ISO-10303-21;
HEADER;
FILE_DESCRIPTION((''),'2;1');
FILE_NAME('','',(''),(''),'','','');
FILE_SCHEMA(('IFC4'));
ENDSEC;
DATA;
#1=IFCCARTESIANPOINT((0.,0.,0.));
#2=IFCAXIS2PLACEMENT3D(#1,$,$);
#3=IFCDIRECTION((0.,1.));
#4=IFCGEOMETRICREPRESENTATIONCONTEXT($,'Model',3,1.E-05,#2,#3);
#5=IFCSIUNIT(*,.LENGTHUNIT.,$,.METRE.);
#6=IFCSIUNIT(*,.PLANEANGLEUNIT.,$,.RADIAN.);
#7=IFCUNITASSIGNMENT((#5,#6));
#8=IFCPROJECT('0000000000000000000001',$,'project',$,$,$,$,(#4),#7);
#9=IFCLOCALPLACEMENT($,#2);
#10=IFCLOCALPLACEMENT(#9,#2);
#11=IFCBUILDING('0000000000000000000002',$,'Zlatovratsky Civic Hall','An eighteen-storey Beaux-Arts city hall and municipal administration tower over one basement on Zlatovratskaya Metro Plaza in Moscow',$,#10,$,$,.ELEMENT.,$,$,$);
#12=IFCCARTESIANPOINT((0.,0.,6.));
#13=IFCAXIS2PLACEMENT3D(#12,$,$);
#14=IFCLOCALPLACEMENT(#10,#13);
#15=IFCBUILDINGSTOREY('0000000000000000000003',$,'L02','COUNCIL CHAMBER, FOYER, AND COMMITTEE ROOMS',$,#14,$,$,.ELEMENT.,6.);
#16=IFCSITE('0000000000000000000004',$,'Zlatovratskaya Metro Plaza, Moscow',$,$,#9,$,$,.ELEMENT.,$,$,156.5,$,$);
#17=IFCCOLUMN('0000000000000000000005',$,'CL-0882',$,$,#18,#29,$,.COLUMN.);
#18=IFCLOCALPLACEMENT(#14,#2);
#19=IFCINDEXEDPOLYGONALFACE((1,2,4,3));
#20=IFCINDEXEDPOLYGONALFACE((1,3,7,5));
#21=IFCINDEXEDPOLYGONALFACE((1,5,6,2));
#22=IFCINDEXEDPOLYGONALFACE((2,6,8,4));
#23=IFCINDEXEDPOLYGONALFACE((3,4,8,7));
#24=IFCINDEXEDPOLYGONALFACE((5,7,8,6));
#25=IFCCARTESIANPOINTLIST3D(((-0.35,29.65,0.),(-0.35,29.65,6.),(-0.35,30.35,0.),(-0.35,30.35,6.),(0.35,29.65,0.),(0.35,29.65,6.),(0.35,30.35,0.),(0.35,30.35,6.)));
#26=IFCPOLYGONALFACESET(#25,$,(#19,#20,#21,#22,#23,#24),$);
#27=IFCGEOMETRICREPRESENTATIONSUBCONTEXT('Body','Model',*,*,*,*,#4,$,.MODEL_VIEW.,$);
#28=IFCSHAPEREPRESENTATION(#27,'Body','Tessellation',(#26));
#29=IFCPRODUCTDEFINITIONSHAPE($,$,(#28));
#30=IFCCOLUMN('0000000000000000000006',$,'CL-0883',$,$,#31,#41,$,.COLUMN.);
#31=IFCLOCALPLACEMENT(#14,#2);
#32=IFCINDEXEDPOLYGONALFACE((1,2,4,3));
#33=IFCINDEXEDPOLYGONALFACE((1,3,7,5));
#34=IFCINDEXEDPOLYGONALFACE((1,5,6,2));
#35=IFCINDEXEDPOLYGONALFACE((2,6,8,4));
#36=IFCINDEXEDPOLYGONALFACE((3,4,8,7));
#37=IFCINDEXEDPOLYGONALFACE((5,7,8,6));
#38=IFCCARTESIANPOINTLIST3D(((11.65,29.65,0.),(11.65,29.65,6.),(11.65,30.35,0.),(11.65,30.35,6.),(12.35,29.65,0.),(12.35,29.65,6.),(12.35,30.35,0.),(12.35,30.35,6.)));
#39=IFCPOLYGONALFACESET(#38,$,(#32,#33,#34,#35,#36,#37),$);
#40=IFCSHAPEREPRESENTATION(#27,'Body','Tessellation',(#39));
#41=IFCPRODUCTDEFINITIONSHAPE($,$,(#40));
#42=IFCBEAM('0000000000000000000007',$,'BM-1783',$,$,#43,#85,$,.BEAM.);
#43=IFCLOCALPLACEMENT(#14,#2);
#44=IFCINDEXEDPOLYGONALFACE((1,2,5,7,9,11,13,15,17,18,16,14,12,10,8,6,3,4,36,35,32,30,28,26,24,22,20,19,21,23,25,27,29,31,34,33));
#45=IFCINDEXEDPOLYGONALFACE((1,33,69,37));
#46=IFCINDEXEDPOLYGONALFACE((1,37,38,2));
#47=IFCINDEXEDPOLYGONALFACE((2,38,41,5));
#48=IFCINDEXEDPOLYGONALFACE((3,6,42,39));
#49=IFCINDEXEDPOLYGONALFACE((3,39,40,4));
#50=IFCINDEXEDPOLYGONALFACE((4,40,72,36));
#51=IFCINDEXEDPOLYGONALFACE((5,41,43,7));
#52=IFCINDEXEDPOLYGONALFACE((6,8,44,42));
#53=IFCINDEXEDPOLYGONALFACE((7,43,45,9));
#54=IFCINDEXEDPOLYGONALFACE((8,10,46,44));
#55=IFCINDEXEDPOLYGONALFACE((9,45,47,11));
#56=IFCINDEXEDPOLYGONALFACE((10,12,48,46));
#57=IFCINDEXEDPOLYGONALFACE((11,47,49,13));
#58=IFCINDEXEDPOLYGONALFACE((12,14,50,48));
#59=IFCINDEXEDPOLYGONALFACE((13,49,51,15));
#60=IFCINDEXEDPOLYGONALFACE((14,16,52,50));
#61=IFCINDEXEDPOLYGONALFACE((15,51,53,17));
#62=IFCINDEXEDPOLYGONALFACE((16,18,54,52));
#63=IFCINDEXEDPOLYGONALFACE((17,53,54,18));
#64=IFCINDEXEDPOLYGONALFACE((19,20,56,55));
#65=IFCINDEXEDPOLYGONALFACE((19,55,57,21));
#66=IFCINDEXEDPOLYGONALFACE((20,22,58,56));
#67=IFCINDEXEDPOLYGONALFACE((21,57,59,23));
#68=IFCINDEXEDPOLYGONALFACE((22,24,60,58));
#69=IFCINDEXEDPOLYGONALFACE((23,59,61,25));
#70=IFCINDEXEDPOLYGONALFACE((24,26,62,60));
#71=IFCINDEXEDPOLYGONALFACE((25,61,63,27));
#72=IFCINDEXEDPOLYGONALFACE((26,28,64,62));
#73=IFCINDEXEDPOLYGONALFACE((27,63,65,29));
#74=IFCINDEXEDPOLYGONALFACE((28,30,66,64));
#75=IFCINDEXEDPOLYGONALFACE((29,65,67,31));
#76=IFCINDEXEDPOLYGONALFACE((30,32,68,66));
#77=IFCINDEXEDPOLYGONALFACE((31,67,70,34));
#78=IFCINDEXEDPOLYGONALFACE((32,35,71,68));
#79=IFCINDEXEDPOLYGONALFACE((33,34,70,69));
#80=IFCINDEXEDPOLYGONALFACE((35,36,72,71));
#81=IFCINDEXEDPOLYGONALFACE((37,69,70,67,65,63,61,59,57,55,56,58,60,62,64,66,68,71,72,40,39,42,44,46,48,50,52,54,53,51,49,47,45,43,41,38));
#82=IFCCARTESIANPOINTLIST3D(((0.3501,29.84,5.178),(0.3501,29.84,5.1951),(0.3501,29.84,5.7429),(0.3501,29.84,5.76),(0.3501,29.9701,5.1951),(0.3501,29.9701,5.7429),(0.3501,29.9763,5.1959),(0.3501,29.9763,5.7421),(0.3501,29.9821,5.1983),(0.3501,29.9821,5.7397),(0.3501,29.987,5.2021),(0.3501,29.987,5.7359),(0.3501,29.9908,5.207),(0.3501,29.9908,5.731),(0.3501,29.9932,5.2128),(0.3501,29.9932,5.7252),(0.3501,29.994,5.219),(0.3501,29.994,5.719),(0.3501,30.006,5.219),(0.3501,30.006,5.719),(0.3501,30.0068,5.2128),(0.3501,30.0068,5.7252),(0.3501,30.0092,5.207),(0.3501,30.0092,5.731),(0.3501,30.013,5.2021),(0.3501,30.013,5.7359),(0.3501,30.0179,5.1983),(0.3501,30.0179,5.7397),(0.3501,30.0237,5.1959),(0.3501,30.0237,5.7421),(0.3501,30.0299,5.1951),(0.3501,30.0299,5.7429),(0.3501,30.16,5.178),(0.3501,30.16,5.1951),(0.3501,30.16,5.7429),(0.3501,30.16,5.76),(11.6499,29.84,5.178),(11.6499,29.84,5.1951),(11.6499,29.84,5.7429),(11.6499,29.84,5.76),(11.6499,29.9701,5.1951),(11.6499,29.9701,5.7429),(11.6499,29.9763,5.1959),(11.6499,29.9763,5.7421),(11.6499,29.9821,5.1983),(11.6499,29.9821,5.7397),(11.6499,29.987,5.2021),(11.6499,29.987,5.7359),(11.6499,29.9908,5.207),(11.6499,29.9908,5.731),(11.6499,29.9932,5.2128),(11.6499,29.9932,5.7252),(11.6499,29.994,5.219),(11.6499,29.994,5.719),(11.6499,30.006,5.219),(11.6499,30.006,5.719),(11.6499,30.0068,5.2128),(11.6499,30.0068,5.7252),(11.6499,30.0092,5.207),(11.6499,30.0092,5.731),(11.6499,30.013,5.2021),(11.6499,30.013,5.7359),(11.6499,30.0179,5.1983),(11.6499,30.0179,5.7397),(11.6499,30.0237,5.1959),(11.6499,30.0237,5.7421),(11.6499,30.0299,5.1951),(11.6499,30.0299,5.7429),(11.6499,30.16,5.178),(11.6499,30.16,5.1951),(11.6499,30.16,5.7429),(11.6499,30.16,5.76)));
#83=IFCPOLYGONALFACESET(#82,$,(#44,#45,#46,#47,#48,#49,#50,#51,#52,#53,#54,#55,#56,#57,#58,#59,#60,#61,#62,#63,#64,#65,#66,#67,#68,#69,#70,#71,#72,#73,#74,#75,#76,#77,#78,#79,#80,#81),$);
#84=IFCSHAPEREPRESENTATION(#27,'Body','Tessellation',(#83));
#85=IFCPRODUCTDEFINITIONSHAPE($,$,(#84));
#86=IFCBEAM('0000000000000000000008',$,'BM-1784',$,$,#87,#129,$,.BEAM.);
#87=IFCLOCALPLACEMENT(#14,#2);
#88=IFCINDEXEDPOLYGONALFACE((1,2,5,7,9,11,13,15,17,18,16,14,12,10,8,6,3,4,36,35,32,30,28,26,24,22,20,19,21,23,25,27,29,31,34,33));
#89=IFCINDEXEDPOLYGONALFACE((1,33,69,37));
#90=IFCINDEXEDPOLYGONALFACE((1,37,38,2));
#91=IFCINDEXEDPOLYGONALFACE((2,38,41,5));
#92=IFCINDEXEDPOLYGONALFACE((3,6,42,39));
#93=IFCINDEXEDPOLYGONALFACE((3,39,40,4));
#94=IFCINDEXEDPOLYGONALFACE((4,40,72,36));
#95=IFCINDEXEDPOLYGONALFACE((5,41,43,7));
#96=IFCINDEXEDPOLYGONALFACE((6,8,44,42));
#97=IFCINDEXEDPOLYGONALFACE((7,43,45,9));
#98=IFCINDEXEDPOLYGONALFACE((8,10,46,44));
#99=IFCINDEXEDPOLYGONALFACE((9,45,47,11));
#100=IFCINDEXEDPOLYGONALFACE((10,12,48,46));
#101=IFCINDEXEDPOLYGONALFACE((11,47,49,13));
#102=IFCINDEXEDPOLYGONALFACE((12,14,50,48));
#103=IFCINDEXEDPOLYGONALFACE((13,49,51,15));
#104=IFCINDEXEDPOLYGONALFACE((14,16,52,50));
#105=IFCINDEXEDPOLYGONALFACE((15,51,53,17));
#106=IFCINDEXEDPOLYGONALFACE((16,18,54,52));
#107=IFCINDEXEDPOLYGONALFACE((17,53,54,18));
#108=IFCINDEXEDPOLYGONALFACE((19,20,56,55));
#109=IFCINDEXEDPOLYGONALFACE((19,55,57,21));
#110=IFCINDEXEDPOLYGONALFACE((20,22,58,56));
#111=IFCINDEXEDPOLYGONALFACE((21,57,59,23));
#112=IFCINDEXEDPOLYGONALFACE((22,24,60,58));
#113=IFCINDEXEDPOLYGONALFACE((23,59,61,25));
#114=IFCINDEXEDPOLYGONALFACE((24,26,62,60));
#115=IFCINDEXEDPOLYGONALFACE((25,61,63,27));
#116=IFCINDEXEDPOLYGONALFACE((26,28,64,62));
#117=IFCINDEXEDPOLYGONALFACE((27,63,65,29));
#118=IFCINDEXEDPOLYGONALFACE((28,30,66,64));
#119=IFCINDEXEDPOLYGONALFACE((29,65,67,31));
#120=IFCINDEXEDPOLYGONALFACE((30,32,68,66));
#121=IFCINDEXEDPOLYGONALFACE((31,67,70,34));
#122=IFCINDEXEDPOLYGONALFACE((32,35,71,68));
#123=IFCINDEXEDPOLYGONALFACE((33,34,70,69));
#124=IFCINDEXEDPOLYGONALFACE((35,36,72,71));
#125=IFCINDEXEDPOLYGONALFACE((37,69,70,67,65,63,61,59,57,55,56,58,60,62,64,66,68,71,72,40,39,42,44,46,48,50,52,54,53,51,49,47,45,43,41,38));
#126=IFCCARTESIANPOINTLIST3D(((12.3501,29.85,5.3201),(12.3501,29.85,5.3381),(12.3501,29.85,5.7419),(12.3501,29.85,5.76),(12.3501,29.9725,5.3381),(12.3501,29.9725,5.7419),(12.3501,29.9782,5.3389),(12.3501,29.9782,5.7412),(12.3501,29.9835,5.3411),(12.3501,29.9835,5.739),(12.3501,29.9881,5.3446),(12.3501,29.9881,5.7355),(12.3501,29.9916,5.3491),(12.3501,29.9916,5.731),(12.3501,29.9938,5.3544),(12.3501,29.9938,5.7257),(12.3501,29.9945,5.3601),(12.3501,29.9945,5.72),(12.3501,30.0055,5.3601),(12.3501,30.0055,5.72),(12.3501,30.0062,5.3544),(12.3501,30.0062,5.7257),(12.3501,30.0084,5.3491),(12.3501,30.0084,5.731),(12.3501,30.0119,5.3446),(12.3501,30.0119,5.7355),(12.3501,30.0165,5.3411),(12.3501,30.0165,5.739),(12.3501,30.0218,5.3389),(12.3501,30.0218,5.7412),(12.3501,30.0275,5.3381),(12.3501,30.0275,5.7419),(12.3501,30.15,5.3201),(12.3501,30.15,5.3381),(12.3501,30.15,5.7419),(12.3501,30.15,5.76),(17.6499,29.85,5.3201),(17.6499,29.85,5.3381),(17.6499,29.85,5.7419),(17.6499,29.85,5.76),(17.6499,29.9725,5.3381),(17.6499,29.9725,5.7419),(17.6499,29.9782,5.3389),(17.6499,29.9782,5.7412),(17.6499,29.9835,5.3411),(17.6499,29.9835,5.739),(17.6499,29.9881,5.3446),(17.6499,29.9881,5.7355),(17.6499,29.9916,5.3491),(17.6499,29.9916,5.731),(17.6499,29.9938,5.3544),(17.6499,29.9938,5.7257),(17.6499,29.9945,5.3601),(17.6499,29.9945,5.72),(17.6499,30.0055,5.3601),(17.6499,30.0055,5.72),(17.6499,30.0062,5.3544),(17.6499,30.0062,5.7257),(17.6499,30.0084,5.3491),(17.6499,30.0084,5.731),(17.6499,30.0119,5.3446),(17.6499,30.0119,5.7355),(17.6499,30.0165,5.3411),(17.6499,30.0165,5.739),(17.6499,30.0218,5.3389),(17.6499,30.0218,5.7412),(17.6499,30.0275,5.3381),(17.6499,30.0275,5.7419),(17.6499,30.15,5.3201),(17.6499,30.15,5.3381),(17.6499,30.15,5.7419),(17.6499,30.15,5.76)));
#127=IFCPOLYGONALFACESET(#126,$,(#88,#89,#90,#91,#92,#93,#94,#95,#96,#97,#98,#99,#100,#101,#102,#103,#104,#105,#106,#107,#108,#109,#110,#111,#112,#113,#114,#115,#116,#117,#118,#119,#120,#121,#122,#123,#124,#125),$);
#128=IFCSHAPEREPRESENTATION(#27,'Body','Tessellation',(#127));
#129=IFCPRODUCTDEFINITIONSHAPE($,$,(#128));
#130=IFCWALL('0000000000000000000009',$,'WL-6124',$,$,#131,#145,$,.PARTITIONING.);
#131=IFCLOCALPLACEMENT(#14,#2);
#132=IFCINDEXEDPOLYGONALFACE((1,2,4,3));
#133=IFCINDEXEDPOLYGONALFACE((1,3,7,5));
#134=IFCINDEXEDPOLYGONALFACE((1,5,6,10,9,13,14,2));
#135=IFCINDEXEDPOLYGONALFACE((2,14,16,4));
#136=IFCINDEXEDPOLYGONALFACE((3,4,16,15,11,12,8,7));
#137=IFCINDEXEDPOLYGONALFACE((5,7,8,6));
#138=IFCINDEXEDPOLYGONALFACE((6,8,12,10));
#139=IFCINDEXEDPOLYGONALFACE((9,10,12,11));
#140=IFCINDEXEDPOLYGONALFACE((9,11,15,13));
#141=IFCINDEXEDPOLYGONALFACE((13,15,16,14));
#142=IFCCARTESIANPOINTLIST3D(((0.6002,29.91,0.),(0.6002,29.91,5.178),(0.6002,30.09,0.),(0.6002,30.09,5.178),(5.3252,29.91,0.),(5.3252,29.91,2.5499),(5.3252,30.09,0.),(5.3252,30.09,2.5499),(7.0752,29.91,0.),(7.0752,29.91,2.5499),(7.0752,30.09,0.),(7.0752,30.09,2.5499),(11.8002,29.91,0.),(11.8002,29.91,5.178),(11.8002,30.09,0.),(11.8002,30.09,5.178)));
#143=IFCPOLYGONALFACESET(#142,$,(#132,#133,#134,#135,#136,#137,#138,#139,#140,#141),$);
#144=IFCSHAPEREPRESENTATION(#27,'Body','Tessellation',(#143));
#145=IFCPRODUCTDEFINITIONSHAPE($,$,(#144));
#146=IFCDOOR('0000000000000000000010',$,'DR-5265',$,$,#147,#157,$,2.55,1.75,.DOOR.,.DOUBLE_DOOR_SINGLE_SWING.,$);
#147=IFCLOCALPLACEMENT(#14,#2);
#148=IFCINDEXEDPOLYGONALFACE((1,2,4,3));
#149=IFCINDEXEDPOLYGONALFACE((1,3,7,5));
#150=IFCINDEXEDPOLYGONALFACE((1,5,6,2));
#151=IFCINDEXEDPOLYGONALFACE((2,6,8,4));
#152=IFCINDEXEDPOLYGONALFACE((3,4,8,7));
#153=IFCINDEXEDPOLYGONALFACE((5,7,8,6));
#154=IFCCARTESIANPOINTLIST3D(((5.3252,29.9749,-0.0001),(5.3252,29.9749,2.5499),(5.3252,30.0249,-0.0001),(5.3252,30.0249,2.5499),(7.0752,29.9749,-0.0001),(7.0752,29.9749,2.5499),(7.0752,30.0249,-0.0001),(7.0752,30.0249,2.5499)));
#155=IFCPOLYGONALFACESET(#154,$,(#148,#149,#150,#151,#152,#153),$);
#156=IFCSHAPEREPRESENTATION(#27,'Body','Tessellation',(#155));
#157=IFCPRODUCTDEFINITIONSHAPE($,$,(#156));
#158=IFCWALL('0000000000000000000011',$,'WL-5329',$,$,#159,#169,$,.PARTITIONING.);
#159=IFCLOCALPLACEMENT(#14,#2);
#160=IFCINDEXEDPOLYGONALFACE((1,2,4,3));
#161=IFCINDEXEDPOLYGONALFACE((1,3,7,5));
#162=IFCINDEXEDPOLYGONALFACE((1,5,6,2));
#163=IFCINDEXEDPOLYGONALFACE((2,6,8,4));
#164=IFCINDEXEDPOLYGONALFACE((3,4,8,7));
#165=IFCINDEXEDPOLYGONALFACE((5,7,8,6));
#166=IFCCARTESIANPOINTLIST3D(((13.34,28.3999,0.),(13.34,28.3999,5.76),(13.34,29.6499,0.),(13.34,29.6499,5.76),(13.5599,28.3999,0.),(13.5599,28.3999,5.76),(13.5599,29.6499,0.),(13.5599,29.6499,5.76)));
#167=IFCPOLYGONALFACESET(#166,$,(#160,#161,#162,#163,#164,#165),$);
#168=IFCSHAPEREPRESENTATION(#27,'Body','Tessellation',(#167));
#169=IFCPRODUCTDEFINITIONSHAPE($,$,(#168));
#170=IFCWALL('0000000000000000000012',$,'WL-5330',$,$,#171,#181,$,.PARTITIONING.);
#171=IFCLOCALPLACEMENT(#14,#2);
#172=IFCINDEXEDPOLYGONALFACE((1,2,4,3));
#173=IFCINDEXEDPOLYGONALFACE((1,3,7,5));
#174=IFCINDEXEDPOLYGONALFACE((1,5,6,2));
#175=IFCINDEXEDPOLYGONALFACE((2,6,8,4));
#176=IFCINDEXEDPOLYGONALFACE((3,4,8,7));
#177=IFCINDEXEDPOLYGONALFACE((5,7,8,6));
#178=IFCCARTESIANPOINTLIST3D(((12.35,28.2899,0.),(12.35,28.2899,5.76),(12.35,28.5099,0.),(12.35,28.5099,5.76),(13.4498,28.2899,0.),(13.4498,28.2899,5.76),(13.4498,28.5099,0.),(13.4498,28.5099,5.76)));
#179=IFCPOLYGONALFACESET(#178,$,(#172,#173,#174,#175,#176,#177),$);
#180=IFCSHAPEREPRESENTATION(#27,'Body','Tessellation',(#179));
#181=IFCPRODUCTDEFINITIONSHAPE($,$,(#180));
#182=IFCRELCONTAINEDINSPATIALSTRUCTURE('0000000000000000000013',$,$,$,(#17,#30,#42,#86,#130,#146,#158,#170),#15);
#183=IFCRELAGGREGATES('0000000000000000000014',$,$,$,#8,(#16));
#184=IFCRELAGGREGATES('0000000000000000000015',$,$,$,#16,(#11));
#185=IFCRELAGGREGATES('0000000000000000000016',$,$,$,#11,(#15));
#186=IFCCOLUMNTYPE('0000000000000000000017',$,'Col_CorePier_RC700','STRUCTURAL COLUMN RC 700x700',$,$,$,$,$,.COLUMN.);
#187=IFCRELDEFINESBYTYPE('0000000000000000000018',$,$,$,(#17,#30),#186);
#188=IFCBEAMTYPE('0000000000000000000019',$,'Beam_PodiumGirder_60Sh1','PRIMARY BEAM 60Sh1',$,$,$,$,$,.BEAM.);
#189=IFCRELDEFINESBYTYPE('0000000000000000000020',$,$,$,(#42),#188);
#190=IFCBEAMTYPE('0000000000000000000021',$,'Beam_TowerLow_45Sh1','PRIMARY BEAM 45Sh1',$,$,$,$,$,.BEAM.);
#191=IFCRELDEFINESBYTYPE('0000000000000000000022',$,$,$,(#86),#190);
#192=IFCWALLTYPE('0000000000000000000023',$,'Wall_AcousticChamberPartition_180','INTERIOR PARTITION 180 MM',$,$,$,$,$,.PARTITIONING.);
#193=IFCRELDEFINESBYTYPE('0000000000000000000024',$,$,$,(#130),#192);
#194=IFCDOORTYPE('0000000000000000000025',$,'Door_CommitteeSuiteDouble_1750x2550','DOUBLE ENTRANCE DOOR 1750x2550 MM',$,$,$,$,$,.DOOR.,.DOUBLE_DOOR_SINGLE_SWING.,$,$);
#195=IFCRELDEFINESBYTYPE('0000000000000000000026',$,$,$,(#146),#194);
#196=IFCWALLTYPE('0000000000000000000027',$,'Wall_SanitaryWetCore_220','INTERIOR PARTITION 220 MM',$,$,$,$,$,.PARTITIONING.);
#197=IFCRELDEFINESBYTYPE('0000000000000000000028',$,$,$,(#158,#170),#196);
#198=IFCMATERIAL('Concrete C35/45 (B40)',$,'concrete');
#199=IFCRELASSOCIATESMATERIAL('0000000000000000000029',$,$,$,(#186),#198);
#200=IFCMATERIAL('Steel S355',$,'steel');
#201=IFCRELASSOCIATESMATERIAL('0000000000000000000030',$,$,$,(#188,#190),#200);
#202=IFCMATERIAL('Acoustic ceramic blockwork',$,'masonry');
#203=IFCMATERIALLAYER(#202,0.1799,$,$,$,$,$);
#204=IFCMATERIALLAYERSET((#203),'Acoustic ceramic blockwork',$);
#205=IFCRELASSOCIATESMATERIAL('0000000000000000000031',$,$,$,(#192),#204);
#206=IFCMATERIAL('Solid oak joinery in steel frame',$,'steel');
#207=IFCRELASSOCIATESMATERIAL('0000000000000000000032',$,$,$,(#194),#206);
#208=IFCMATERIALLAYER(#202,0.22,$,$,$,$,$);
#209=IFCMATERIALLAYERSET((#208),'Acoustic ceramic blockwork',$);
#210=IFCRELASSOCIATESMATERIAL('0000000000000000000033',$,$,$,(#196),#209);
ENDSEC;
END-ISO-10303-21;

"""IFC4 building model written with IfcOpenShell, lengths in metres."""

from ifc_helpers import new_model, si_unit, direction, frame, frame_2d, origin, origin_2d, place, context, subcontext, project, spatial, rectangle, i_section, extrude, material, layer, layer_set, material_profile, profile_set, type_object, element, fill, save


model = new_model("IFC4")

# Units and contexts
model_context = context("Model", 3, precision=1e-05, world=origin(), true_north=direction((0.0, 1.0)))
body_context = subcontext(model_context, "Body", "Model", "MODEL_VIEW")
ifc_project = project(units=[si_unit("LENGTHUNIT", "METRE"), si_unit("PLANEANGLEUNIT", "RADIAN")], contexts=[model_context])

# Site, building, storey
site_placement = place(None, origin())
site = spatial("IfcSite", under=ifc_project, at=site_placement, Name="Zlatovratskaya Metro Plaza, Moscow", CompositionType="ELEMENT", RefElevation=156.5)
building_placement = place(site_placement, origin())
building = spatial("IfcBuilding", under=site, at=building_placement, Name="Zlatovratsky Civic Hall", Description="An eighteen-storey Beaux-Arts city hall and municipal administration tower over one basement on Zlatovratskaya Metro Plaza in Moscow", CompositionType="ELEMENT")
storey_placement = place(building_placement, frame((0.0, 0.0, 6.0)))
storey = spatial("IfcBuildingStorey", under=building, at=storey_placement, Name="L02", Description="COUNCIL CHAMBER, FOYER, AND COMMITTEE ROOMS", CompositionType="ELEMENT", Elevation=6.0)

# Columns
ifc_material_1 = material(Name="Concrete C35/45 (B40)", Category="concrete")
ifc_material_profile_1 = material_profile(ifc_material_1, rectangle(XDim=0.7, YDim=0.7, at=origin_2d()), Name="RC 700x700")
ifc_profile_set_1 = profile_set([ifc_material_profile_1], Name="Concrete C35/45 (B40)")
column_type = type_object("IfcColumnType", Name="Col_CorePier_RC700", Description="STRUCTURAL COLUMN RC 700x700", PredefinedType="COLUMN", material=ifc_profile_set_1)
for number, where, z_axis, x_axis, name in (
    (1, (0.0, 30.0, 0.0), (0.0, 0.0, 1.0), (1.0, 0.0, 0.0), "CL-0882"),
    (2, (12.0, 30.0, 0.0), (0.0, 0.0, 1.0), (1.0, 0.0, 0.0), "CL-0883"),
):
    element("IfcColumn", number, at=place(storey_placement, frame(where, z_axis=z_axis, x_axis=x_axis)), inside=storey, type_object=column_type, Name=name, PredefinedType="COLUMN", context=body_context, shape_type="SweptSolid", body=[
        extrude(rectangle(XDim=0.7, YDim=0.7, at=origin_2d()), origin(), (0.0, 0.0, 1.0), 6.0),
    ])

# Beams
ifc_material_2 = material(Name="Steel S355", Category="steel")
ifc_material_profile_2 = material_profile(ifc_material_2, i_section(OverallWidth=0.3201, OverallDepth=0.582, WebThickness=0.012, FlangeThickness=0.0171, FilletRadius=0.0239, at=origin_2d()), Name="60Sh1")
ifc_profile_set_2 = profile_set([ifc_material_profile_2], Name="Steel S355")
beam_type_1 = type_object("IfcBeamType", Name="Beam_PodiumGirder_60Sh1", Description="PRIMARY BEAM 60Sh1", PredefinedType="BEAM", material=ifc_profile_set_2)
beam_1_placement = place(storey_placement, frame((0.3501, 30.0, 5.469), z_axis=(1.0, 0.0, 0.0), x_axis=(0.0, 1.0, 0.0)))
element("IfcBeam", 3, at=beam_1_placement, inside=storey, type_object=beam_type_1, Name="BM-1783", PredefinedType="BEAM", context=body_context, shape_type="SweptSolid", body=[
    extrude(i_section(OverallWidth=0.3201, OverallDepth=0.582, WebThickness=0.012, FlangeThickness=0.0171, FilletRadius=0.0239, at=origin_2d()), origin(), (0.0, 0.0, 1.0), 11.2998),
])
ifc_material_profile_3 = material_profile(ifc_material_2, i_section(OverallWidth=0.3, OverallDepth=0.4399, WebThickness=0.011, FlangeThickness=0.0181, FilletRadius=0.022, at=origin_2d()), Name="45Sh1")
ifc_profile_set_3 = profile_set([ifc_material_profile_3], Name="Steel S355")
beam_type_2 = type_object("IfcBeamType", Name="Beam_TowerLow_45Sh1", Description="PRIMARY BEAM 45Sh1", PredefinedType="BEAM", material=ifc_profile_set_3)
beam_2_placement = place(storey_placement, frame((12.3501, 30.0, 5.54), z_axis=(1.0, 0.0, 0.0), x_axis=(0.0, 1.0, 0.0)))
element("IfcBeam", 4, at=beam_2_placement, inside=storey, type_object=beam_type_2, Name="BM-1784", PredefinedType="BEAM", context=body_context, shape_type="SweptSolid", body=[
    extrude(i_section(OverallWidth=0.3, OverallDepth=0.4399, WebThickness=0.011, FlangeThickness=0.0181, FilletRadius=0.022, at=origin_2d()), origin(), (0.0, 0.0, 1.0), 5.2998),
])

# Wall, opening, door
ifc_material_3 = material(Name="Acoustic ceramic blockwork", Category="masonry")
ifc_layer_1 = layer(ifc_material_3, 0.1799)
ifc_layer_set_1 = layer_set([ifc_layer_1], Name="Acoustic ceramic blockwork")
wall_type_1 = type_object("IfcWallType", Name="Wall_AcousticChamberPartition_180", Description="INTERIOR PARTITION 180 MM", PredefinedType="PARTITIONING", material=ifc_layer_set_1)
wall_1_placement = place(storey_placement, frame((0.6001, 30.0, 0.0), z_axis=(0.0, 0.0, 1.0), x_axis=(1.0, 0.0, 0.0)))
wall_1 = element("IfcWall", 5, at=wall_1_placement, inside=storey, type_object=wall_type_1, Name="WL-6124", PredefinedType="PARTITIONING", context=body_context, shape_type="SweptSolid", body=[
    extrude(rectangle(XDim=11.2, YDim=0.1799, at=frame_2d((5.6001, 0.0))), origin(), (0.0, 0.0, 1.0), 5.178),
])
opening_placement = place(wall_1_placement, frame((4.7251, 0.0, 0.0)))
opening = element("IfcOpeningElement", 6, at=opening_placement, cuts=wall_1, PredefinedType="OPENING", context=body_context, shape_type="SweptSolid", body=[
    extrude(rectangle(XDim=1.75, YDim=2.55, at=frame_2d((0.875, 1.2749))), frame((0.0, 0.105, 0.0), z_axis=(0.0, -1.0, 0.0), x_axis=(1.0, 0.0, 0.0)), (0.0, 0.0, 1.0), 0.2097),
])
ifc_material_4 = material(Name="Solid oak joinery in steel frame", Category="steel")
door_type = type_object("IfcDoorType", Name="Door_CommitteeSuiteDouble_1750x2550", Description="DOUBLE ENTRANCE DOOR 1750x2550 MM", OperationType="DOUBLE_DOOR_SINGLE_SWING", PredefinedType="DOOR", material=ifc_material_4)
door_placement = place(opening_placement, origin())
door = element("IfcDoor", 7, at=door_placement, inside=storey, type_object=door_type, Name="DR-5265", OperationType="DOUBLE_DOOR_SINGLE_SWING", OverallHeight=2.55, OverallWidth=1.75, PredefinedType="DOOR", context=body_context, shape_type="SweptSolid", body=[
    extrude(rectangle(XDim=1.75, YDim=2.55, at=frame_2d((0.875, 1.2749))), frame((0.0, 0.0249, 0.0), z_axis=(0.0, -1.0, 0.0), x_axis=(1.0, 0.0, 0.0)), (0.0, 0.0, 1.0), 0.05),
])
fill(opening, door)

# Walls
ifc_layer_2 = layer(ifc_material_3, 0.22)
ifc_layer_set_2 = layer_set([ifc_layer_2], Name="Acoustic ceramic blockwork")
wall_type_2 = type_object("IfcWallType", Name="Wall_SanitaryWetCore_220", Description="INTERIOR PARTITION 220 MM", PredefinedType="PARTITIONING", material=ifc_layer_set_2)
wall_2_placement = place(storey_placement, frame((13.45, 28.3999, 0.0), z_axis=(0.0, 0.0, 1.0), x_axis=(0.0, 1.0, 0.0)))
element("IfcWall", 8, at=wall_2_placement, inside=storey, type_object=wall_type_2, Name="WL-5329", PredefinedType="PARTITIONING", context=body_context, shape_type="SweptSolid", body=[
    extrude(rectangle(XDim=1.25, YDim=0.22, at=frame_2d((0.625, 0.0))), origin(), (0.0, 0.0, 1.0), 5.76),
])
wall_3_placement = place(storey_placement, frame((12.3501, 28.3999, 0.0), z_axis=(0.0, 0.0, 1.0), x_axis=(1.0, 0.0, 0.0)))
element("IfcWall", 9, at=wall_3_placement, inside=storey, type_object=wall_type_2, Name="WL-5330", PredefinedType="PARTITIONING", context=body_context, shape_type="SweptSolid", body=[
    extrude(rectangle(XDim=1.0999, YDim=0.22, at=frame_2d((0.5498, 0.0))), origin(), (0.0, 0.0, 1.0), 5.76),
])

save(model, "model.ifc")
